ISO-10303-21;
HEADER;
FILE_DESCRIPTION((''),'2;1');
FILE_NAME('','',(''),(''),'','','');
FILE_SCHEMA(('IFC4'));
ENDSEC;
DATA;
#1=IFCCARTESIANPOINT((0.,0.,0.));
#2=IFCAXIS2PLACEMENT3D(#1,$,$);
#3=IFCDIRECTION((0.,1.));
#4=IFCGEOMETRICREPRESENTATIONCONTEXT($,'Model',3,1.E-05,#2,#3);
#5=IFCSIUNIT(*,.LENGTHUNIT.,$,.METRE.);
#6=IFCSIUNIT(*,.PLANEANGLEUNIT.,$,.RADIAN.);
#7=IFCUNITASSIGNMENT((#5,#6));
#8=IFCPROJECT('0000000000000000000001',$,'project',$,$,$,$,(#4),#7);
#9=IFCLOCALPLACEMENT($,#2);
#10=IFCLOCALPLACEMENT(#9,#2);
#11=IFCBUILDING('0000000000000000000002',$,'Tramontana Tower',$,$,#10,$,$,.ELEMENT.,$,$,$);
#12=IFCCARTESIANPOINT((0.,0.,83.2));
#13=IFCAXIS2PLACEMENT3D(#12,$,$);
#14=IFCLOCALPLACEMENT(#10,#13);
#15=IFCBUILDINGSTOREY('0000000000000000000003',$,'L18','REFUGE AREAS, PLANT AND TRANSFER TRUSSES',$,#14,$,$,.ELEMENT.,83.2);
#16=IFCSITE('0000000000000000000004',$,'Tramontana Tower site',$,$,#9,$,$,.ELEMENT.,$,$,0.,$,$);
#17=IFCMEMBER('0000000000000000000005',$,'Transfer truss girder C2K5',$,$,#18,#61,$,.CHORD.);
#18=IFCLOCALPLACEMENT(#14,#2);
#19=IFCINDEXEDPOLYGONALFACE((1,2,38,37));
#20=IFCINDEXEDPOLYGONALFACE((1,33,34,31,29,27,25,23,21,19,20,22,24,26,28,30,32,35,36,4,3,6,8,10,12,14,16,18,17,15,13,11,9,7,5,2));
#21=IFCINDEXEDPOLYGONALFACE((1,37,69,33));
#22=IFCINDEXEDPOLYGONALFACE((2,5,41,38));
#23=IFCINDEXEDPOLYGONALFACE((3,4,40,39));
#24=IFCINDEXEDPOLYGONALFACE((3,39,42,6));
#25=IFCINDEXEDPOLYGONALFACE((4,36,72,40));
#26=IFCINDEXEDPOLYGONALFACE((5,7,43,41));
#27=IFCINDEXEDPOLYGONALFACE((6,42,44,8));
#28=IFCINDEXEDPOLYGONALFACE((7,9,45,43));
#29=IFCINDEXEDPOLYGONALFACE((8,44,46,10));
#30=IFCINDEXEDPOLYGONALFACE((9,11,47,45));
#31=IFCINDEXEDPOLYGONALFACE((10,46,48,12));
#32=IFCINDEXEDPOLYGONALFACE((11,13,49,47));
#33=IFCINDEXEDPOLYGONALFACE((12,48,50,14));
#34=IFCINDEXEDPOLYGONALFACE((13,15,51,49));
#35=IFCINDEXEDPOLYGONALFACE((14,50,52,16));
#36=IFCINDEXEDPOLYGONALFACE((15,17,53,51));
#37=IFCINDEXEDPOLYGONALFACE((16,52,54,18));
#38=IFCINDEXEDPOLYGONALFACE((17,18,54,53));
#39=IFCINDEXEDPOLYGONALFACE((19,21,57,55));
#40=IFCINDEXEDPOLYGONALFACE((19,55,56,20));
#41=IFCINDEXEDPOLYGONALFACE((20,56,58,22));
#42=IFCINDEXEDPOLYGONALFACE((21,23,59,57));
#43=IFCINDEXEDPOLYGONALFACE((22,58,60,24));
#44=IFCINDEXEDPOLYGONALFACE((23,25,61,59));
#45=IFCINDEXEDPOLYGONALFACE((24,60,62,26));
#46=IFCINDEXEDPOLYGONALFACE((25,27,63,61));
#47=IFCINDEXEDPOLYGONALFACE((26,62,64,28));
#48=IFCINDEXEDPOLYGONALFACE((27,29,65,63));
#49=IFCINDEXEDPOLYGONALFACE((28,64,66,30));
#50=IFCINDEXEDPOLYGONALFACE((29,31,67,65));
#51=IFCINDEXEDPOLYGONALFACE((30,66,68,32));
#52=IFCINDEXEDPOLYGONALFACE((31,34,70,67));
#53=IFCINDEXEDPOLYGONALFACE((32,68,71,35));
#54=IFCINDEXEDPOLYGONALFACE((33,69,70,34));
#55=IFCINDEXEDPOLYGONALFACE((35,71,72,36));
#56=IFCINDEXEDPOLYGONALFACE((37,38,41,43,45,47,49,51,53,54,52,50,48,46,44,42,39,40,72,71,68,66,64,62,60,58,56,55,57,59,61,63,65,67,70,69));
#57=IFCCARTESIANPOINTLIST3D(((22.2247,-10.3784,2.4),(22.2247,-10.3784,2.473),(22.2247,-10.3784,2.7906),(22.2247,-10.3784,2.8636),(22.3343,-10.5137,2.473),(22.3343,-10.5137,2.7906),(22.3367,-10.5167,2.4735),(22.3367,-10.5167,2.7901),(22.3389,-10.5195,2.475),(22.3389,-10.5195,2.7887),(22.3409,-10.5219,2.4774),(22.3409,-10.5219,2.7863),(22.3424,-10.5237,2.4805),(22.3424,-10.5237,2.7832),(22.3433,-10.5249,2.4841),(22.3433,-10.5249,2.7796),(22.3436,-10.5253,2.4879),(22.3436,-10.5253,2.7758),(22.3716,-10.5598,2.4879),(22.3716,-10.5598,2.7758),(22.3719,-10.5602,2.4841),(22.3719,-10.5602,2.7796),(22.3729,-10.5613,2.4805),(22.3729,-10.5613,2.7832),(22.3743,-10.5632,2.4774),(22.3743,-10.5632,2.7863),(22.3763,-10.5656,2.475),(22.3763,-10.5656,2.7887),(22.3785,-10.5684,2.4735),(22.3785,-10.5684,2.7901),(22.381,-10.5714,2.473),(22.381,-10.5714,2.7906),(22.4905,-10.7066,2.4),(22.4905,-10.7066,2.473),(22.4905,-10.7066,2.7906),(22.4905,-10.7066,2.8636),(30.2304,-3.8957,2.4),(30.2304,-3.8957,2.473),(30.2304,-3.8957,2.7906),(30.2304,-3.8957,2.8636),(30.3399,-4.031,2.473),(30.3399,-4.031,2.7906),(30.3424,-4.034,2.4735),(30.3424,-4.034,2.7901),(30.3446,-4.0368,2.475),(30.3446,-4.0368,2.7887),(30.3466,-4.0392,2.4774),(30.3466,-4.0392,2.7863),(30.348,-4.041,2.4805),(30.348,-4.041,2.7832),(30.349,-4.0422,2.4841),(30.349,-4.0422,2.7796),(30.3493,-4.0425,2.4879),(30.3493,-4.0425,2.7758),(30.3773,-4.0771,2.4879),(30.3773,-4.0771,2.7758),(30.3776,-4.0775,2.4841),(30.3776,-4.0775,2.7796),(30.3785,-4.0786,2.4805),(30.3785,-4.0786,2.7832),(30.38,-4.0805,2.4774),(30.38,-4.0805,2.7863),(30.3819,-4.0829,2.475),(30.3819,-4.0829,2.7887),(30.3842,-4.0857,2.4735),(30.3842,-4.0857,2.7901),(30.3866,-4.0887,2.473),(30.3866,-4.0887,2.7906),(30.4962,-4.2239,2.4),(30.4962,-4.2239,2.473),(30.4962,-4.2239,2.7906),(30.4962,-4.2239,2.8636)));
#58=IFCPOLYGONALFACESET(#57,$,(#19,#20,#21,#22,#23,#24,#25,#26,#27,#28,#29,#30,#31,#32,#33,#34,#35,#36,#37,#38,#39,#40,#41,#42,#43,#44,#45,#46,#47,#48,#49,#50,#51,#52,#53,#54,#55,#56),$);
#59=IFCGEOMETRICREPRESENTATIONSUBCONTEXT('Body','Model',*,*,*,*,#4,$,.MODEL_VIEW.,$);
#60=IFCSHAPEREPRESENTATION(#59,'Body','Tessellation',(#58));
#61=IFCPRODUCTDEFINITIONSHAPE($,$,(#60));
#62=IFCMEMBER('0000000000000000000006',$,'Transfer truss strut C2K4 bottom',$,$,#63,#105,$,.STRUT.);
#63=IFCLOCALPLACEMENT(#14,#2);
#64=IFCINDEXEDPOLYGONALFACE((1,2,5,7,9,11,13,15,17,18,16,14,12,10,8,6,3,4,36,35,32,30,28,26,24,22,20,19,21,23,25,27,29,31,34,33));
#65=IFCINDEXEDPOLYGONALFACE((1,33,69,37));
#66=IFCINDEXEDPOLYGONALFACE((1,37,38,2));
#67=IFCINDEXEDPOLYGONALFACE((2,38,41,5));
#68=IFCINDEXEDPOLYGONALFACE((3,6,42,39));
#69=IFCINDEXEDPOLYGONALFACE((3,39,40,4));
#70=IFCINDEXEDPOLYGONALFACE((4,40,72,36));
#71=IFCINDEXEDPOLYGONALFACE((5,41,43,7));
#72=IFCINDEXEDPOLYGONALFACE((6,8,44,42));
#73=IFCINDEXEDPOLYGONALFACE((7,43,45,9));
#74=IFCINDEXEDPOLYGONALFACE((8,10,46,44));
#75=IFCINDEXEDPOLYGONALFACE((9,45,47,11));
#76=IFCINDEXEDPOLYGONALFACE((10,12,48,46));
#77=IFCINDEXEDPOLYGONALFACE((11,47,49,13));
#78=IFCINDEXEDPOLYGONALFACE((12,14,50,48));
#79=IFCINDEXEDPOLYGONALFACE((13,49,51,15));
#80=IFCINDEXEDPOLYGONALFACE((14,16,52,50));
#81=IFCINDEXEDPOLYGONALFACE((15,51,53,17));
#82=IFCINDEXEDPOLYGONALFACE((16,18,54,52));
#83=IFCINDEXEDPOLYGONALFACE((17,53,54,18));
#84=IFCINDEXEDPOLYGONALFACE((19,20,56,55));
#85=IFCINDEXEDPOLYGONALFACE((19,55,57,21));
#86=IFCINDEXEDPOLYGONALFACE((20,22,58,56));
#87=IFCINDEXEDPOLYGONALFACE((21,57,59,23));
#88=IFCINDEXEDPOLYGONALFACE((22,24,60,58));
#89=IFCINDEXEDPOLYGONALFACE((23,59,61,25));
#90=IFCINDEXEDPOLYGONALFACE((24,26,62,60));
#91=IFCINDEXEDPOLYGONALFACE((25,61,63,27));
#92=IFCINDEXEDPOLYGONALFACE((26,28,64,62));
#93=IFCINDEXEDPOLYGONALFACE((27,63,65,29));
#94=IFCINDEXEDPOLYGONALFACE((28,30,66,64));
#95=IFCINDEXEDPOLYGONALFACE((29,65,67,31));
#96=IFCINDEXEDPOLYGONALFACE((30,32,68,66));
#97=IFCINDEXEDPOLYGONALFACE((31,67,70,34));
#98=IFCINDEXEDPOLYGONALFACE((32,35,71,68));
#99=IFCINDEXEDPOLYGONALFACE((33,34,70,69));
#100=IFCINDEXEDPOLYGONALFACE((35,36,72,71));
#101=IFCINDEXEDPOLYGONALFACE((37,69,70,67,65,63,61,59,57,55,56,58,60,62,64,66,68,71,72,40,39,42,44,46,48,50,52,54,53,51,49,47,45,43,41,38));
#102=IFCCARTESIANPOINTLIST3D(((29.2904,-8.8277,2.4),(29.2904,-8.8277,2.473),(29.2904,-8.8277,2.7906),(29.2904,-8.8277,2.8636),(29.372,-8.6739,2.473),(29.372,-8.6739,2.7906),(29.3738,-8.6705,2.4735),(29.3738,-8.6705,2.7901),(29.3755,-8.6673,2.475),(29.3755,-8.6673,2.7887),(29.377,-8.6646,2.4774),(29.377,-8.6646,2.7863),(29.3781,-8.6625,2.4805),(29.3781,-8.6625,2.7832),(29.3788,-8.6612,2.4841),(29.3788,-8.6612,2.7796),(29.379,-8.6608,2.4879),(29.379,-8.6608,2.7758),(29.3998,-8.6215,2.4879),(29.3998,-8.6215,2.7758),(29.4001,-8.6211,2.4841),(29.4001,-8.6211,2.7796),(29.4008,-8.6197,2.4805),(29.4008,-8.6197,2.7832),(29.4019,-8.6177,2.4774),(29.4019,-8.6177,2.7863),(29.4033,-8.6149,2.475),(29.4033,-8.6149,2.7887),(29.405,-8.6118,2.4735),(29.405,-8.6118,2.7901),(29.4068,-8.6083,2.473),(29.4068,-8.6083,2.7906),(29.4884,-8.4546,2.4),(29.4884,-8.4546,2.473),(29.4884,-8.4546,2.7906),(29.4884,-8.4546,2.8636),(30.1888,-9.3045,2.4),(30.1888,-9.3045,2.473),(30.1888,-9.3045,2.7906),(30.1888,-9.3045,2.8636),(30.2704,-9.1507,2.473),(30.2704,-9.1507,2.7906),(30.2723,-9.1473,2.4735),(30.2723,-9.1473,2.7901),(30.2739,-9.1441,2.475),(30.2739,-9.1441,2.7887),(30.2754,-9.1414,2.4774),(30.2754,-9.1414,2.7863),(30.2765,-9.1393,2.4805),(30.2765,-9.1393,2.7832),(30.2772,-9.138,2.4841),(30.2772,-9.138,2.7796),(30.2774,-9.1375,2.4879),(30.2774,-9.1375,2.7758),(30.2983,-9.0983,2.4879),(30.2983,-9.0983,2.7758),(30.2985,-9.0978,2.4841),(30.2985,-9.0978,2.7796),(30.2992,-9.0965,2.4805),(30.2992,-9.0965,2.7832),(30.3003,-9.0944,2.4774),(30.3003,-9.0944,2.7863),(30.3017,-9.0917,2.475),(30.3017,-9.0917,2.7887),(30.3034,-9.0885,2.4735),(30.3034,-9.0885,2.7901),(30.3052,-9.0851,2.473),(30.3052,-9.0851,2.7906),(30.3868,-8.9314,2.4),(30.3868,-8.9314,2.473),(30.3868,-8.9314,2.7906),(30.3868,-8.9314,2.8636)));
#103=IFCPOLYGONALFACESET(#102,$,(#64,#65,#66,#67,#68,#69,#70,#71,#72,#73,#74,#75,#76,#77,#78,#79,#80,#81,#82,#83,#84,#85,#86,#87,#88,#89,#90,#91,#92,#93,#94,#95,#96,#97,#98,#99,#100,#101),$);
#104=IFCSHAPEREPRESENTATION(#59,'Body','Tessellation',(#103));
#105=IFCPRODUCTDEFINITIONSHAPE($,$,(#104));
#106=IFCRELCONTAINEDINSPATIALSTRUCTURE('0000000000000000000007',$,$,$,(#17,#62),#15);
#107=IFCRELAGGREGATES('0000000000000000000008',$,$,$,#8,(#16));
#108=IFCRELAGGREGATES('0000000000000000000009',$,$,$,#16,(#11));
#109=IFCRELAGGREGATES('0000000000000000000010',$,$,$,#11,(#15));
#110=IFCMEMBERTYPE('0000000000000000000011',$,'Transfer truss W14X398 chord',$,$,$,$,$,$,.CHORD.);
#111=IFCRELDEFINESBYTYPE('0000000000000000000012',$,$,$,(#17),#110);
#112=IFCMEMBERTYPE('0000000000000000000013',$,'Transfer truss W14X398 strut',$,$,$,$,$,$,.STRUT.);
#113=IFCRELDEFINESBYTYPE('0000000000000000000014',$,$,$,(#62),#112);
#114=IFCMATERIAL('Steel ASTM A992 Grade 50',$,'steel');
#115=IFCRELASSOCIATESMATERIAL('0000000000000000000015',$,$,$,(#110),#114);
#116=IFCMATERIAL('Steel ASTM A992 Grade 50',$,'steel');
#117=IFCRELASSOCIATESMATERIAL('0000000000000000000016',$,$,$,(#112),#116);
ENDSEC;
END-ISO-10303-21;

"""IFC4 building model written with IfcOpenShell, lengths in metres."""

from ifc_helpers import new_model, si_unit, direction, frame, origin, origin_2d, place, context, subcontext, project, spatial, i_section, extrude, material, material_profile, profile_set, type_object, element, save


model = new_model("IFC4")

# Units and contexts
model_context = context("Model", 3, precision=1e-05, world=origin(), true_north=direction((0.0, 1.0)))
body_context = subcontext(model_context, "Body", "Model", "MODEL_VIEW")
ifc_project = project(units=[si_unit("LENGTHUNIT", "METRE"), si_unit("PLANEANGLEUNIT", "RADIAN")], contexts=[model_context])

# Site, building, storey
site_placement = place(None, origin())
site = spatial("IfcSite", under=ifc_project, at=site_placement, Name="Tramontana Tower site", CompositionType="ELEMENT", RefElevation=0.0)
building_placement = place(site_placement, origin())
building = spatial("IfcBuilding", under=site, at=building_placement, Name="Tramontana Tower", CompositionType="ELEMENT")
storey_placement = place(building_placement, frame((0.0, 0.0, 83.2)))
storey = spatial("IfcBuildingStorey", under=building, at=storey_placement, Name="L18", Description="REFUGE AREAS, PLANT AND TRANSFER TRUSSES", CompositionType="ELEMENT", Elevation=83.2)

# Members
ifc_material_1 = material(Name="Steel ASTM A992 Grade 50", Category="steel")
ifc_material_profile_1 = material_profile(ifc_material_1, i_section(OverallWidth=0.4224, OverallDepth=0.4636, WebThickness=0.0444, FlangeThickness=0.073, FilletRadius=0.0149, at=origin_2d()), Name="W14X398")
ifc_profile_set_1 = profile_set([ifc_material_profile_1], Name="Steel ASTM A992 Grade 50")
member_type_1 = type_object("IfcMemberType", Name="Transfer truss W14X398 chord", PredefinedType="CHORD", material=ifc_profile_set_1)
member_1_placement = place(storey_placement, frame((30.3633, -4.0598, 2.6318), z_axis=(-0.777153, -0.629311, 0.0), x_axis=(0.629311, -0.777153, 0.0)))
element("IfcMember", 1, at=member_1_placement, inside=storey, type_object=member_type_1, Name="Transfer truss girder C2K5", PredefinedType="CHORD", context=body_context, shape_type="SweptSolid", body=[
    extrude(i_section(OverallWidth=0.4224, OverallDepth=0.4636, WebThickness=0.0444, FlangeThickness=0.073, FilletRadius=0.0149, at=origin_2d()), origin(), (0.0, 0.0, 1.0), 10.3013),
])
ifc_material_2 = material(Name="Steel ASTM A992 Grade 50", Category="steel")
ifc_material_profile_2 = material_profile(ifc_material_2, i_section(OverallWidth=0.4224, OverallDepth=0.4636, WebThickness=0.0444, FlangeThickness=0.073, FilletRadius=0.0149, at=origin_2d()), Name="W14X398")
ifc_profile_set_2 = profile_set([ifc_material_profile_2], Name="Steel ASTM A992 Grade 50")
member_type_2 = type_object("IfcMemberType", Name="Transfer truss W14X398 strut", PredefinedType="STRUT", material=ifc_profile_set_2)
member_2_placement = place(storey_placement, frame((30.2878, -9.1179, 2.6318), z_axis=(-0.883315, 0.468781, 0.0), x_axis=(-0.468781, -0.883315, 0.0)))
element("IfcMember", 2, at=member_2_placement, inside=storey, type_object=member_type_2, Name="Transfer truss strut C2K4 bottom", PredefinedType="STRUT", context=body_context, shape_type="SweptSolid", body=[
    extrude(i_section(OverallWidth=0.4224, OverallDepth=0.4636, WebThickness=0.0444, FlangeThickness=0.073, FilletRadius=0.0149, at=origin_2d()), origin(), (0.0, 0.0, 1.0), 1.0171),
])

save(model, "model.ifc")
